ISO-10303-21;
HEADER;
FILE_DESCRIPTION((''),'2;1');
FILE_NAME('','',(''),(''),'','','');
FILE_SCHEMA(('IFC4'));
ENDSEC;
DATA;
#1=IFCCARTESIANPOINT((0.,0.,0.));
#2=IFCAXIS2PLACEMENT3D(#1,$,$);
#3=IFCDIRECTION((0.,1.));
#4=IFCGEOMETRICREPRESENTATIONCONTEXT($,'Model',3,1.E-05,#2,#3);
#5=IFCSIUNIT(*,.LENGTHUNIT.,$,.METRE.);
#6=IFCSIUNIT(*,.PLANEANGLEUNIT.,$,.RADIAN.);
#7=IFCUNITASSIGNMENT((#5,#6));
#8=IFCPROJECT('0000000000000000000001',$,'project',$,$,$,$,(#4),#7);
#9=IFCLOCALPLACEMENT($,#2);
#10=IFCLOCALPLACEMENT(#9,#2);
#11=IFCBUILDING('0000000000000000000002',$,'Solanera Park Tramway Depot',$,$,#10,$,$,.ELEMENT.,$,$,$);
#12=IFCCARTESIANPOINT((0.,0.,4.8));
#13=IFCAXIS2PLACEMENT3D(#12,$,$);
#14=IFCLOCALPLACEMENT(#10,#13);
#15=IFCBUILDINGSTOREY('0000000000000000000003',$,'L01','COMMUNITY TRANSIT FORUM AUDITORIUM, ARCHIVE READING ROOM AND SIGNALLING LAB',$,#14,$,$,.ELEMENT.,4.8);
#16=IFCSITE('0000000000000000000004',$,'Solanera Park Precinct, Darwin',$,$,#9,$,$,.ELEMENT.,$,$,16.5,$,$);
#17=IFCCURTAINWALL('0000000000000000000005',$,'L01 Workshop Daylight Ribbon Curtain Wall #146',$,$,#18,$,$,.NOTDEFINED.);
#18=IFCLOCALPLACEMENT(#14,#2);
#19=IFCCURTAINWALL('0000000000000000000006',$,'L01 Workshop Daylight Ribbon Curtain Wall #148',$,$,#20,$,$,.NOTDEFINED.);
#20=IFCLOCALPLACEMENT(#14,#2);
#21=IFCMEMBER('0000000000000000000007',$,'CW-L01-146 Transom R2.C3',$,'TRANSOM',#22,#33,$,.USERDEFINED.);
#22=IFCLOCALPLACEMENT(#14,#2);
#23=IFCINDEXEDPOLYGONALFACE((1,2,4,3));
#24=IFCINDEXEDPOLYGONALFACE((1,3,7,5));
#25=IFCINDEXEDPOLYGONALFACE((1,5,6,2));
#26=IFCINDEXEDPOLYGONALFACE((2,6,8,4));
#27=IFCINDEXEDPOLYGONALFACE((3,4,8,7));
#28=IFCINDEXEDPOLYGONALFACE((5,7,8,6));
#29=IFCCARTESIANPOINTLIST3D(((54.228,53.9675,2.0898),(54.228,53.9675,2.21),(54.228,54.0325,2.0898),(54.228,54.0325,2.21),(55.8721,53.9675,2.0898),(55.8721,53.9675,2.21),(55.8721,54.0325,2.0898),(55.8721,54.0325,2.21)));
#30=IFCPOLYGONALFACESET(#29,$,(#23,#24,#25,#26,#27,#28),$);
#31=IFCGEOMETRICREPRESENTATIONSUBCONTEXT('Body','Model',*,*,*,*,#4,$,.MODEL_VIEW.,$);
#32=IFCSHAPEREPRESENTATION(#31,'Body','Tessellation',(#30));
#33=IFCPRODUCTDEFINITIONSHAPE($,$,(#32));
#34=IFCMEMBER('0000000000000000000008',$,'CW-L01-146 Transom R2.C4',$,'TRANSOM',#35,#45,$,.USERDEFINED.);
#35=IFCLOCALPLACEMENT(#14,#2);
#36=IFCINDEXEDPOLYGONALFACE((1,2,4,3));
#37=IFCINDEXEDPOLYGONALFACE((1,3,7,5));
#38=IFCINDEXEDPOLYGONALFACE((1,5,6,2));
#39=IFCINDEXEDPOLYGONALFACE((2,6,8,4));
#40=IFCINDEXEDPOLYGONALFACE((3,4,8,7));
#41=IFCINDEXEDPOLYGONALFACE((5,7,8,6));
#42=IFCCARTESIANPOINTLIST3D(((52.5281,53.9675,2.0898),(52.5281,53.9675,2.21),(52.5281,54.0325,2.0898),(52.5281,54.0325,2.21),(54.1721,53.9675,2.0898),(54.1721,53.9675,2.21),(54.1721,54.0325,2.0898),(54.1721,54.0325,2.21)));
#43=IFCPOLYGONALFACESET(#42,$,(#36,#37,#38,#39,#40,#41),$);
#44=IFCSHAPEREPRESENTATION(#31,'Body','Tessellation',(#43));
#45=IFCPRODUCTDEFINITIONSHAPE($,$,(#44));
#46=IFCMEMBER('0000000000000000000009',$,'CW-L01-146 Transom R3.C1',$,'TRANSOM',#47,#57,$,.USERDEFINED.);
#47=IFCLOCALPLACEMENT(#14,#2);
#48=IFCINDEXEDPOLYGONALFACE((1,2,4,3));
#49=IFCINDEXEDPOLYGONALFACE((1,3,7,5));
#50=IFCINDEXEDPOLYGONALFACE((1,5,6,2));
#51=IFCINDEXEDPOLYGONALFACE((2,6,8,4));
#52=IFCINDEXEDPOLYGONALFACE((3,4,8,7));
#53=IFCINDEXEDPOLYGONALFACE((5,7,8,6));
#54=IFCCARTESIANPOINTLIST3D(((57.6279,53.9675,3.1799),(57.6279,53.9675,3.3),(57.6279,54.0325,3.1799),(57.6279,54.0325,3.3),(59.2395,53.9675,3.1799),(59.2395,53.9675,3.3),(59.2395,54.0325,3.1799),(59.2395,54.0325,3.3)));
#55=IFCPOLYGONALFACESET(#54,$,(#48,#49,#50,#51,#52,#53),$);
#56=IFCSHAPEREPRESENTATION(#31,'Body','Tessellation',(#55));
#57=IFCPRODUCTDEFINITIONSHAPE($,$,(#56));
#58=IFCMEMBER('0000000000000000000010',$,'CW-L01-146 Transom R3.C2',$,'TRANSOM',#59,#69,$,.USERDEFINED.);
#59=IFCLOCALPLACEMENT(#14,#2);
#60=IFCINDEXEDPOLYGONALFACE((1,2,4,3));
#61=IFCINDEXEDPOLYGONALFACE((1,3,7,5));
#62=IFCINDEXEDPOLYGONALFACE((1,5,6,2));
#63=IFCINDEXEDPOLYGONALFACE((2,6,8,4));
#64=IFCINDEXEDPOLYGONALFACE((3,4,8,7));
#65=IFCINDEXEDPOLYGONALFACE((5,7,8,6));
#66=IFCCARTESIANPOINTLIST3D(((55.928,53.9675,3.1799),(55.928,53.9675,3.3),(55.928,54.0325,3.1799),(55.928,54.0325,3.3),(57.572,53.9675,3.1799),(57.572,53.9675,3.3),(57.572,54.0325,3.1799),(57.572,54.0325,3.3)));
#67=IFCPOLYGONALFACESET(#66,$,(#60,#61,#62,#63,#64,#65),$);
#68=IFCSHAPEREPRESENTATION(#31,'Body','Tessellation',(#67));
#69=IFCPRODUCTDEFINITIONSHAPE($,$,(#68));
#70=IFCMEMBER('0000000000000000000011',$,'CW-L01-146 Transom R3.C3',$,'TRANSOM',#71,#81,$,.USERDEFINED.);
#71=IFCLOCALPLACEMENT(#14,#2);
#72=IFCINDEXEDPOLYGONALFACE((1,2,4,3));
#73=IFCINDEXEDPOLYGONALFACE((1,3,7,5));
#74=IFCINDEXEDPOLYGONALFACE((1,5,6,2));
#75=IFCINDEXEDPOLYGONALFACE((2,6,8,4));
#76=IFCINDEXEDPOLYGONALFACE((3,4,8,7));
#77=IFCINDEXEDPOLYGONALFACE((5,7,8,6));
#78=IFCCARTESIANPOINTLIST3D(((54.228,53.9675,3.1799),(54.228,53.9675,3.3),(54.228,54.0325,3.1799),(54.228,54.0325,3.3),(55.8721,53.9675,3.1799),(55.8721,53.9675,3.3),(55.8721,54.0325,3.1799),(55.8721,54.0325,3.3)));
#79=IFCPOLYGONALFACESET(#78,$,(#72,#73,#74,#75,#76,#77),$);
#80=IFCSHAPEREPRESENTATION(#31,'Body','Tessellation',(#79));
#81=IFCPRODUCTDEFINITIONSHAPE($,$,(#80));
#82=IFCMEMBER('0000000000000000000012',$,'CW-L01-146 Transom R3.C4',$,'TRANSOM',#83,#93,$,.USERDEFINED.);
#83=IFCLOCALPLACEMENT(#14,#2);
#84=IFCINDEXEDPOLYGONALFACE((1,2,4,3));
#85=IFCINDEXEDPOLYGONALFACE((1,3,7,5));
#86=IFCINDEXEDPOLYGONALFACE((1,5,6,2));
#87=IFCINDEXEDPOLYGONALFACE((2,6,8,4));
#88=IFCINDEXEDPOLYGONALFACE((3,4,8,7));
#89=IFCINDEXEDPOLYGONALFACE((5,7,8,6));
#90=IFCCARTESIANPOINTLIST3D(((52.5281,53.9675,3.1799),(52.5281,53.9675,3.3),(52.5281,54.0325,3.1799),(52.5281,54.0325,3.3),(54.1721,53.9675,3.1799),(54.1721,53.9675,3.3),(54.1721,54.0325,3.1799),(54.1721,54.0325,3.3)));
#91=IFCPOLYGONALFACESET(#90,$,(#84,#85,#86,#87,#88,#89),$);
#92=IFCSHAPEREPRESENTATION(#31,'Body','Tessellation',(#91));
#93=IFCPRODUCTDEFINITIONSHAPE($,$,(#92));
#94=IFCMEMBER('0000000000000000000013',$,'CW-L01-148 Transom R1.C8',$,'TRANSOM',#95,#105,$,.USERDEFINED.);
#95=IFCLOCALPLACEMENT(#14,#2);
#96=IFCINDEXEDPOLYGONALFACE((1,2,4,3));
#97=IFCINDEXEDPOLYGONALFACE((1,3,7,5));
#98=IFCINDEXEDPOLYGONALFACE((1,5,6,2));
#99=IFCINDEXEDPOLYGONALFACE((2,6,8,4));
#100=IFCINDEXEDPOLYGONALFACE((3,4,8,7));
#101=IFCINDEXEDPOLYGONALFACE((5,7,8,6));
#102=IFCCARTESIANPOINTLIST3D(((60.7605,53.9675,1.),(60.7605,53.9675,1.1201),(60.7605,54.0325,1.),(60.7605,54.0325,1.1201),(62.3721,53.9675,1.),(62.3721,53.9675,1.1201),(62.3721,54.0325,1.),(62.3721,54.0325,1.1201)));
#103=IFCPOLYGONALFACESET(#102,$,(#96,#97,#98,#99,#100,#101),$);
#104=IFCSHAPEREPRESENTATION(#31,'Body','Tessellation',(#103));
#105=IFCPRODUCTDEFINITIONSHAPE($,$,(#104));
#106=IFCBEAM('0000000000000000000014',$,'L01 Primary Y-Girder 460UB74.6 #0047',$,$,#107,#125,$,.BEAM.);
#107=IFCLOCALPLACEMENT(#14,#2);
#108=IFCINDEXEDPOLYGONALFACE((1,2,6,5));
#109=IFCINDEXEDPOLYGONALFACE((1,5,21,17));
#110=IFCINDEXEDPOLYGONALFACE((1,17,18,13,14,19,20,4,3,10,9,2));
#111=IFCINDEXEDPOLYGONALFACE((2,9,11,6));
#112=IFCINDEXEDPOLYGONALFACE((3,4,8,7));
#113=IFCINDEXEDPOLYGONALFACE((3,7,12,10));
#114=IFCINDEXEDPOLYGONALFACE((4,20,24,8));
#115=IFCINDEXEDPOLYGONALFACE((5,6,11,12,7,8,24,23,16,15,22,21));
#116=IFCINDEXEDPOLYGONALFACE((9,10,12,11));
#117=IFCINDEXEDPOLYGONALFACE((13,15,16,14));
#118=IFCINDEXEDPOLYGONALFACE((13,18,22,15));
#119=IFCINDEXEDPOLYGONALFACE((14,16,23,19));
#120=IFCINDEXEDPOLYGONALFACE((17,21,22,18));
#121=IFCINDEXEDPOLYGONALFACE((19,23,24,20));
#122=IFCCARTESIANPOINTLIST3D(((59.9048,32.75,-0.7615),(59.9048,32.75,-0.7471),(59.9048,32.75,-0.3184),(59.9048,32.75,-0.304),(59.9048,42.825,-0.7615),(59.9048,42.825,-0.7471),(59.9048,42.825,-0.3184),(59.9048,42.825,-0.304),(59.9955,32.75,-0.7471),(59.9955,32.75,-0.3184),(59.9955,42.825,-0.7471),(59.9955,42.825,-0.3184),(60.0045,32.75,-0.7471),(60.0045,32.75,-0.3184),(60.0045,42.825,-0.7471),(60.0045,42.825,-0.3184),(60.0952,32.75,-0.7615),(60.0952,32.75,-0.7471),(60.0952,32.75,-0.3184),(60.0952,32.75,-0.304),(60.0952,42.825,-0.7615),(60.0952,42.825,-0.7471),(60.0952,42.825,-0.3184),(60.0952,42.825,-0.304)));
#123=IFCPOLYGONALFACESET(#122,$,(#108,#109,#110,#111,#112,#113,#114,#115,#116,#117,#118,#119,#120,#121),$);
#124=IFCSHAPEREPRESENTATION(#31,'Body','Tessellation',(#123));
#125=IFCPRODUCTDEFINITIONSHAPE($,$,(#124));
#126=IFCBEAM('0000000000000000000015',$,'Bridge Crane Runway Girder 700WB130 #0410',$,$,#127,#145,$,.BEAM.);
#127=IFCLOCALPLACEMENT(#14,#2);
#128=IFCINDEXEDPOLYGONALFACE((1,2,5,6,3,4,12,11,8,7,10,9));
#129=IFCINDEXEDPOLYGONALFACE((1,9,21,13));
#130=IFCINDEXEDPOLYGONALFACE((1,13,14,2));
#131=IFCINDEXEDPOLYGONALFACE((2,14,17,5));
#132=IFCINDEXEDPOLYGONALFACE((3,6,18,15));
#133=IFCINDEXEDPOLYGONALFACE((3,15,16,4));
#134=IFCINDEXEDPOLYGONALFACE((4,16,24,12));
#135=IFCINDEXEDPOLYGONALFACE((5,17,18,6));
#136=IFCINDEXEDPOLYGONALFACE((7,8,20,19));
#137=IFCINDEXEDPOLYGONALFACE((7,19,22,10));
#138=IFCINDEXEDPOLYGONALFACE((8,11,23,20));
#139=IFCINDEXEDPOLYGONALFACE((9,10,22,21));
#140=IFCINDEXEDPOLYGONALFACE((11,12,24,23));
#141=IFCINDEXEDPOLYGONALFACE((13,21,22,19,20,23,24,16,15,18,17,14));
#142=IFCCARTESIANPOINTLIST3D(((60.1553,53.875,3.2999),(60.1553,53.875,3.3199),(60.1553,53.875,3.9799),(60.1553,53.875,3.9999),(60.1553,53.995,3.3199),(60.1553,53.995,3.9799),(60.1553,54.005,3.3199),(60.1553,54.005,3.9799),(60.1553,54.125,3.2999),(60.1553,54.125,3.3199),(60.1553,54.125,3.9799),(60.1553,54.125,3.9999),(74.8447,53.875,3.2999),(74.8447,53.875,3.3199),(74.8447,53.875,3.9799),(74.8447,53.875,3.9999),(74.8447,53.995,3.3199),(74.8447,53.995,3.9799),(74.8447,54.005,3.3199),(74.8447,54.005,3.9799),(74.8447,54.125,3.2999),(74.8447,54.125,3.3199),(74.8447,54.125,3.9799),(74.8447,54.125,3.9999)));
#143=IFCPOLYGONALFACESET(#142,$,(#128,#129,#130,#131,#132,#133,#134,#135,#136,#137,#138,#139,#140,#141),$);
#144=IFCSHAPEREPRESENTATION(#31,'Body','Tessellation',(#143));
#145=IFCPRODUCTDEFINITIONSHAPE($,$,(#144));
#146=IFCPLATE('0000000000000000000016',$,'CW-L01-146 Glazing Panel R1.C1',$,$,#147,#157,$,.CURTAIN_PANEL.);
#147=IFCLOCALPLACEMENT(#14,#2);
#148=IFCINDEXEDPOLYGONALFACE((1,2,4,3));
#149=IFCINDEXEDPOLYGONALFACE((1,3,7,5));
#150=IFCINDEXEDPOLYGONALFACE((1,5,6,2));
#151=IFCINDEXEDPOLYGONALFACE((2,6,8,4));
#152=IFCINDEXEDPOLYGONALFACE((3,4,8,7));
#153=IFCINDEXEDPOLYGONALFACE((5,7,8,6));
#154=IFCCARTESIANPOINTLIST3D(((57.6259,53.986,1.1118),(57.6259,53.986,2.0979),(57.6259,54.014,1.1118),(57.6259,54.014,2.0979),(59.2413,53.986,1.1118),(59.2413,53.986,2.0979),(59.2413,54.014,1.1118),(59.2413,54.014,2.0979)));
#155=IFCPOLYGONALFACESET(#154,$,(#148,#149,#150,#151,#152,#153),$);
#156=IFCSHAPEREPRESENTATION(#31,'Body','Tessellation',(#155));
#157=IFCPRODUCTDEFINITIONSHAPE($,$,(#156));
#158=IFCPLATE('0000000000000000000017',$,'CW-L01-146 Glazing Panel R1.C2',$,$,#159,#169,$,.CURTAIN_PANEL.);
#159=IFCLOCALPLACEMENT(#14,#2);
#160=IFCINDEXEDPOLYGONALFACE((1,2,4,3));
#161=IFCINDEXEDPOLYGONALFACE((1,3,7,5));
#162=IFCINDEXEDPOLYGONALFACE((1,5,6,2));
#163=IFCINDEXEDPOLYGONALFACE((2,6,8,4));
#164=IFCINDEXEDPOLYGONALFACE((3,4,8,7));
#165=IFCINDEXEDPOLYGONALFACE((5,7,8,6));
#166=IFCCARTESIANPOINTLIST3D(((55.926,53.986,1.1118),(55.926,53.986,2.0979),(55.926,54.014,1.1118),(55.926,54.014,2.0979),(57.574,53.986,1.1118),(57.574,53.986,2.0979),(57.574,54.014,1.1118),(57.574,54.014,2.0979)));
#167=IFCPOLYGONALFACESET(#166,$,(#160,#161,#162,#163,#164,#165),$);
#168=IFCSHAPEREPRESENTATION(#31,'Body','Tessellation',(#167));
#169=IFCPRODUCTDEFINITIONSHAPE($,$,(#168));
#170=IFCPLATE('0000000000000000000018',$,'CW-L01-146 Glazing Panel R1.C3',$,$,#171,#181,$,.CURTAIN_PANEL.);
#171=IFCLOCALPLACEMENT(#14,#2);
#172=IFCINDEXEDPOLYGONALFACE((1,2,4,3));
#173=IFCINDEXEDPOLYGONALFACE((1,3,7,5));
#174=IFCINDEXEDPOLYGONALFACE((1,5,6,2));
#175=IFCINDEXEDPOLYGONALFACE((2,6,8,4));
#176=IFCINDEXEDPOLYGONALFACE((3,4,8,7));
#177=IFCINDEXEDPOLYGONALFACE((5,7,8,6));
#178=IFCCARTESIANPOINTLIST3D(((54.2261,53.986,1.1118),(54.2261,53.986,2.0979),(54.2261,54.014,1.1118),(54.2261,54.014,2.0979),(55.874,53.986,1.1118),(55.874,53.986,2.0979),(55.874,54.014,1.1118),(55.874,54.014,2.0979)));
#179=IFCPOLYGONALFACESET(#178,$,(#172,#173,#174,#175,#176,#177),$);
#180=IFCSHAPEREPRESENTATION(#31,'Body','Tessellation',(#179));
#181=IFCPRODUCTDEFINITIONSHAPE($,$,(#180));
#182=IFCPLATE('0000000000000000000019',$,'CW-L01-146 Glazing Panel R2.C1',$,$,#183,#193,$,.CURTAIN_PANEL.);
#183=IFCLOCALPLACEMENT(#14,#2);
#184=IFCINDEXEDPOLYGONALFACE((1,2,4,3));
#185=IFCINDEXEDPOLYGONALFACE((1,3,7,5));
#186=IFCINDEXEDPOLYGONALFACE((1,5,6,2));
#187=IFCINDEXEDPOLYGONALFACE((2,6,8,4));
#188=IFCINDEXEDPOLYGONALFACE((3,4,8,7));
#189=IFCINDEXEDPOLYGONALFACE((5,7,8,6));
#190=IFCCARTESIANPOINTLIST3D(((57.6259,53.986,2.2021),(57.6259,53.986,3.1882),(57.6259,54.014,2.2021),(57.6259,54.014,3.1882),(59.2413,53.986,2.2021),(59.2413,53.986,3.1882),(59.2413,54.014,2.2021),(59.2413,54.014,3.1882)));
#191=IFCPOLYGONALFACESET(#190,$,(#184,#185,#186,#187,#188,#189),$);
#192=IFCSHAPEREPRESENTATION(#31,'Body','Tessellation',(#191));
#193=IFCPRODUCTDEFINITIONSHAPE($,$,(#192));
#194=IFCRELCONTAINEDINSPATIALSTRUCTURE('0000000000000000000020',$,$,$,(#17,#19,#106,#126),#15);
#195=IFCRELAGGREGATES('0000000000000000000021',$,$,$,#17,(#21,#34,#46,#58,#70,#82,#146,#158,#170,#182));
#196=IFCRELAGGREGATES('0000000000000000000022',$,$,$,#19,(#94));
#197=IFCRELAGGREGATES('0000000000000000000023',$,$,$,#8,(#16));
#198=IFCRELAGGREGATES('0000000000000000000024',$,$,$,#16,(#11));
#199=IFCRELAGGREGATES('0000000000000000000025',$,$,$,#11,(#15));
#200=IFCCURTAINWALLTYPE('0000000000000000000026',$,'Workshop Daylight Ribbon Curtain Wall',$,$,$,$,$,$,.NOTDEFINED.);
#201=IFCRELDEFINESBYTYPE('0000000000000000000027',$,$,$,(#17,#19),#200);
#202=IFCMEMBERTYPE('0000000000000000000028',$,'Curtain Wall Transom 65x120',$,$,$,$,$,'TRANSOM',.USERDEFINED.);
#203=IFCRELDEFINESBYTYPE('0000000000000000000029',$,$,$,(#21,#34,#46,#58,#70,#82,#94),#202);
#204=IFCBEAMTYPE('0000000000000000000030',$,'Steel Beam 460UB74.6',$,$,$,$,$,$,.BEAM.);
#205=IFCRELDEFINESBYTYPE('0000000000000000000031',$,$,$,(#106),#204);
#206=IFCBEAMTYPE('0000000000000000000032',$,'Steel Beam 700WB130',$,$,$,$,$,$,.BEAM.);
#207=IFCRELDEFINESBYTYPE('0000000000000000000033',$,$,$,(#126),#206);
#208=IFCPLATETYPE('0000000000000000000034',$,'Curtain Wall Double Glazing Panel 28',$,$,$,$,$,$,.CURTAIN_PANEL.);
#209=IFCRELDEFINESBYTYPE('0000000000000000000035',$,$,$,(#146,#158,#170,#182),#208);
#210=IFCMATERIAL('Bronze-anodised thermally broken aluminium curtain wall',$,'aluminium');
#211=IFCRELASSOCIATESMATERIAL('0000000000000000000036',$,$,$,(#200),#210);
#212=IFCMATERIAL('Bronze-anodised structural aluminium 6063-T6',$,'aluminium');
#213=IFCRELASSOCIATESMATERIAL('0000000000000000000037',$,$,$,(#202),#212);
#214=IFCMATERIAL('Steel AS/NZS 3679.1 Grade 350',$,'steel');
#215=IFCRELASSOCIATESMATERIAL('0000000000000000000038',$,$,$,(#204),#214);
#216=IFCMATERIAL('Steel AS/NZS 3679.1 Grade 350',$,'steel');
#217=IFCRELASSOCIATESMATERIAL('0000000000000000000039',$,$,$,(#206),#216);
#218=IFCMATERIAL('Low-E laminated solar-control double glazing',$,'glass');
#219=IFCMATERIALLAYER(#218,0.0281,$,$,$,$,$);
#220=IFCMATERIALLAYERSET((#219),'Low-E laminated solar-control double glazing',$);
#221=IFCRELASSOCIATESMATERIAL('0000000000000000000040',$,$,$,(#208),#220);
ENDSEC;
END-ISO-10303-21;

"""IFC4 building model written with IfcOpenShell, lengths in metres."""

from ifc_helpers import new_model, si_unit, direction, frame, origin, origin_2d, place, context, subcontext, project, spatial, rectangle, i_section, extrude, material, layer, layer_set, material_profile, profile_set, type_object, element, aggregate, save


model = new_model("IFC4")

# Units and contexts
model_context = context("Model", 3, precision=1e-05, world=origin(), true_north=direction((0.0, 1.0)))
body_context = subcontext(model_context, "Body", "Model", "MODEL_VIEW")
ifc_project = project(units=[si_unit("LENGTHUNIT", "METRE"), si_unit("PLANEANGLEUNIT", "RADIAN")], contexts=[model_context])

# Site, building, storey
site_placement = place(None, origin())
site = spatial("IfcSite", under=ifc_project, at=site_placement, Name="Solanera Park Precinct, Darwin", CompositionType="ELEMENT", RefElevation=16.5)
building_placement = place(site_placement, origin())
building = spatial("IfcBuilding", under=site, at=building_placement, Name="Solanera Park Tramway Depot", CompositionType="ELEMENT")
storey_placement = place(building_placement, frame((0.0, 0.0, 4.8)))
storey = spatial("IfcBuildingStorey", under=building, at=storey_placement, Name="L01", Description="COMMUNITY TRANSIT FORUM AUDITORIUM, ARCHIVE READING ROOM AND SIGNALLING LAB", CompositionType="ELEMENT", Elevation=4.8)

# Curtain wall
ifc_material_1 = material(Name="Bronze-anodised thermally broken aluminium curtain wall", Category="aluminium")
curtain_wall_type = type_object("IfcCurtainWallType", Name="Workshop Daylight Ribbon Curtain Wall", PredefinedType="NOTDEFINED", material=ifc_material_1)
curtain_wall_1_placement = place(storey_placement, origin())
curtain_wall_1 = element("IfcCurtainWall", 1, at=curtain_wall_1_placement, inside=storey, type_object=curtain_wall_type, Name="L01 Workshop Daylight Ribbon Curtain Wall #146", PredefinedType="NOTDEFINED")

# Curtain wall
curtain_wall_2_placement = place(storey_placement, origin())
curtain_wall_2 = element("IfcCurtainWall", 2, at=curtain_wall_2_placement, inside=storey, type_object=curtain_wall_type, Name="L01 Workshop Daylight Ribbon Curtain Wall #148", PredefinedType="NOTDEFINED")

# Members
ifc_material_2 = material(Name="Bronze-anodised structural aluminium 6063-T6", Category="aluminium")
ifc_material_profile_1 = material_profile(ifc_material_2, rectangle(XDim=0.0649, YDim=0.1201, at=origin_2d()), Name="Curtain Wall Transom 65x120")
ifc_profile_set_1 = profile_set([ifc_material_profile_1], Name="Bronze-anodised structural aluminium 6063-T6")
member_type_1 = type_object("IfcMemberType", Name="Curtain Wall Transom 65x120", ElementType="TRANSOM", PredefinedType="USERDEFINED", material=ifc_profile_set_1)
member_1_placement = place(storey_placement, frame((55.8721, 54.0, 2.1499), z_axis=(-1.0, 0.0, 0.0), x_axis=(0.0, -1.0, 0.0)))
member_1 = element("IfcMember", 3, at=member_1_placement, type_object=member_type_1, Name="CW-L01-146 Transom R2.C3", ObjectType="TRANSOM", PredefinedType="USERDEFINED", context=body_context, shape_type="SweptSolid", body=[
    extrude(rectangle(XDim=0.0649, YDim=0.1201, at=origin_2d()), origin(), (0.0, 0.0, 1.0), 1.644),
])
member_2_placement = place(storey_placement, frame((54.1721, 54.0, 2.1499), z_axis=(-1.0, 0.0, 0.0), x_axis=(0.0, -1.0, 0.0)))
member_2 = element("IfcMember", 4, at=member_2_placement, type_object=member_type_1, Name="CW-L01-146 Transom R2.C4", ObjectType="TRANSOM", PredefinedType="USERDEFINED", context=body_context, shape_type="SweptSolid", body=[
    extrude(rectangle(XDim=0.0649, YDim=0.1201, at=origin_2d()), origin(), (0.0, 0.0, 1.0), 1.644),
])
member_3_placement = place(storey_placement, frame((59.2395, 54.0, 3.24), z_axis=(-1.0, 0.0, 0.0), x_axis=(0.0, -1.0, 0.0)))
member_3 = element("IfcMember", 5, at=member_3_placement, type_object=member_type_1, Name="CW-L01-146 Transom R3.C1", ObjectType="TRANSOM", PredefinedType="USERDEFINED", context=body_context, shape_type="SweptSolid", body=[
    extrude(rectangle(XDim=0.0649, YDim=0.1201, at=origin_2d()), origin(), (0.0, 0.0, 1.0), 1.6116),
])
member_4_placement = place(storey_placement, frame((57.572, 54.0, 3.24), z_axis=(-1.0, 0.0, 0.0), x_axis=(0.0, -1.0, 0.0)))
member_4 = element("IfcMember", 6, at=member_4_placement, type_object=member_type_1, Name="CW-L01-146 Transom R3.C2", ObjectType="TRANSOM", PredefinedType="USERDEFINED", context=body_context, shape_type="SweptSolid", body=[
    extrude(rectangle(XDim=0.0649, YDim=0.1201, at=origin_2d()), origin(), (0.0, 0.0, 1.0), 1.644),
])
member_5_placement = place(storey_placement, frame((55.8721, 54.0, 3.24), z_axis=(-1.0, 0.0, 0.0), x_axis=(0.0, -1.0, 0.0)))
member_5 = element("IfcMember", 7, at=member_5_placement, type_object=member_type_1, Name="CW-L01-146 Transom R3.C3", ObjectType="TRANSOM", PredefinedType="USERDEFINED", context=body_context, shape_type="SweptSolid", body=[
    extrude(rectangle(XDim=0.0649, YDim=0.1201, at=origin_2d()), origin(), (0.0, 0.0, 1.0), 1.644),
])
member_6_placement = place(storey_placement, frame((54.1721, 54.0, 3.24), z_axis=(-1.0, 0.0, 0.0), x_axis=(0.0, -1.0, 0.0)))
member_6 = element("IfcMember", 8, at=member_6_placement, type_object=member_type_1, Name="CW-L01-146 Transom R3.C4", ObjectType="TRANSOM", PredefinedType="USERDEFINED", context=body_context, shape_type="SweptSolid", body=[
    extrude(rectangle(XDim=0.0649, YDim=0.1201, at=origin_2d()), origin(), (0.0, 0.0, 1.0), 1.644),
])
member_7_placement = place(storey_placement, frame((62.3721, 54.0, 1.0601), z_axis=(-1.0, 0.0, 0.0), x_axis=(0.0, -1.0, 0.0)))
member_7 = element("IfcMember", 9, at=member_7_placement, type_object=member_type_1, Name="CW-L01-148 Transom R1.C8", ObjectType="TRANSOM", PredefinedType="USERDEFINED", context=body_context, shape_type="SweptSolid", body=[
    extrude(rectangle(XDim=0.0649, YDim=0.1201, at=origin_2d()), origin(), (0.0, 0.0, 1.0), 1.6116),
])

# Beams
ifc_material_3 = material(Name="Steel AS/NZS 3679.1 Grade 350", Category="steel")
ifc_material_profile_2 = material_profile(ifc_material_3, i_section(OverallWidth=0.1904, OverallDepth=0.4575, WebThickness=0.009, FlangeThickness=0.0144, at=origin_2d()), Name="460UB74.6")
ifc_profile_set_2 = profile_set([ifc_material_profile_2], Name="Steel AS/NZS 3679.1 Grade 350")
beam_type_1 = type_object("IfcBeamType", Name="Steel Beam 460UB74.6", PredefinedType="BEAM", material=ifc_profile_set_2)
beam_1_placement = place(storey_placement, frame((60.0, 32.75, -0.5327), z_axis=(0.0, 1.0, 0.0), x_axis=(-1.0, 0.0, 0.0)))
element("IfcBeam", 10, at=beam_1_placement, inside=storey, type_object=beam_type_1, Name="L01 Primary Y-Girder 460UB74.6 #0047", PredefinedType="BEAM", context=body_context, shape_type="SweptSolid", body=[
    extrude(i_section(OverallWidth=0.1904, OverallDepth=0.4575, WebThickness=0.009, FlangeThickness=0.0144, at=origin_2d()), origin(), (0.0, 0.0, 1.0), 10.075),
])
ifc_material_4 = material(Name="Steel AS/NZS 3679.1 Grade 350", Category="steel")
ifc_material_profile_3 = material_profile(ifc_material_4, i_section(OverallWidth=0.25, OverallDepth=0.7, WebThickness=0.01, FlangeThickness=0.02, at=origin_2d()), Name="700WB130")
ifc_profile_set_3 = profile_set([ifc_material_profile_3], Name="Steel AS/NZS 3679.1 Grade 350")
beam_type_2 = type_object("IfcBeamType", Name="Steel Beam 700WB130", PredefinedType="BEAM", material=ifc_profile_set_3)
beam_2_placement = place(storey_placement, frame((60.1553, 54.0, 3.6499), z_axis=(1.0, 0.0, 0.0), x_axis=(0.0, 1.0, 0.0)))
element("IfcBeam", 11, at=beam_2_placement, inside=storey, type_object=beam_type_2, Name="Bridge Crane Runway Girder 700WB130 #0410", PredefinedType="BEAM", context=body_context, shape_type="SweptSolid", body=[
    extrude(i_section(OverallWidth=0.25, OverallDepth=0.7, WebThickness=0.01, FlangeThickness=0.02, at=origin_2d()), origin(), (0.0, 0.0, 1.0), 14.6895),
])

# Plates
ifc_material_5 = material(Name="Low-E laminated solar-control double glazing", Category="glass")
ifc_layer = layer(ifc_material_5, 0.0281)
ifc_layer_set = layer_set([ifc_layer], Name="Low-E laminated solar-control double glazing")
plate_type = type_object("IfcPlateType", Name="Curtain Wall Double Glazing Panel 28", PredefinedType="CURTAIN_PANEL", material=ifc_layer_set)
plate_1_placement = place(storey_placement, frame((58.4336, 54.0, 1.1118), z_axis=(0.0, 0.0, 1.0), x_axis=(-1.0, 0.0, 0.0)))
plate_1 = element("IfcPlate", 12, at=plate_1_placement, type_object=plate_type, Name="CW-L01-146 Glazing Panel R1.C1", PredefinedType="CURTAIN_PANEL", context=body_context, shape_type="SweptSolid", body=[
    extrude(rectangle(XDim=1.6155, YDim=0.0281, at=origin_2d()), origin(), (0.0, 0.0, 1.0), 0.9861),
])
plate_2_placement = place(storey_placement, frame((56.75, 54.0, 1.1118), z_axis=(0.0, 0.0, 1.0), x_axis=(-1.0, 0.0, 0.0)))
plate_2 = element("IfcPlate", 13, at=plate_2_placement, type_object=plate_type, Name="CW-L01-146 Glazing Panel R1.C2", PredefinedType="CURTAIN_PANEL", context=body_context, shape_type="SweptSolid", body=[
    extrude(rectangle(XDim=1.6479, YDim=0.0281, at=origin_2d()), origin(), (0.0, 0.0, 1.0), 0.9861),
])
plate_3_placement = place(storey_placement, frame((55.05, 54.0, 1.1118), z_axis=(0.0, 0.0, 1.0), x_axis=(-1.0, 0.0, 0.0)))
plate_3 = element("IfcPlate", 14, at=plate_3_placement, type_object=plate_type, Name="CW-L01-146 Glazing Panel R1.C3", PredefinedType="CURTAIN_PANEL", context=body_context, shape_type="SweptSolid", body=[
    extrude(rectangle(XDim=1.6479, YDim=0.0281, at=origin_2d()), origin(), (0.0, 0.0, 1.0), 0.9861),
])
plate_4_placement = place(storey_placement, frame((58.4336, 54.0, 2.2021), z_axis=(0.0, 0.0, 1.0), x_axis=(-1.0, 0.0, 0.0)))
plate_4 = element("IfcPlate", 15, at=plate_4_placement, type_object=plate_type, Name="CW-L01-146 Glazing Panel R2.C1", PredefinedType="CURTAIN_PANEL", context=body_context, shape_type="SweptSolid", body=[
    extrude(rectangle(XDim=1.6155, YDim=0.0281, at=origin_2d()), origin(), (0.0, 0.0, 1.0), 0.9861),
])
aggregate(curtain_wall_1, [member_1, member_2, member_3, member_4, member_5, member_6, plate_1, plate_2, plate_3, plate_4])
aggregate(curtain_wall_2, [member_7])

save(model, "model.ifc")
